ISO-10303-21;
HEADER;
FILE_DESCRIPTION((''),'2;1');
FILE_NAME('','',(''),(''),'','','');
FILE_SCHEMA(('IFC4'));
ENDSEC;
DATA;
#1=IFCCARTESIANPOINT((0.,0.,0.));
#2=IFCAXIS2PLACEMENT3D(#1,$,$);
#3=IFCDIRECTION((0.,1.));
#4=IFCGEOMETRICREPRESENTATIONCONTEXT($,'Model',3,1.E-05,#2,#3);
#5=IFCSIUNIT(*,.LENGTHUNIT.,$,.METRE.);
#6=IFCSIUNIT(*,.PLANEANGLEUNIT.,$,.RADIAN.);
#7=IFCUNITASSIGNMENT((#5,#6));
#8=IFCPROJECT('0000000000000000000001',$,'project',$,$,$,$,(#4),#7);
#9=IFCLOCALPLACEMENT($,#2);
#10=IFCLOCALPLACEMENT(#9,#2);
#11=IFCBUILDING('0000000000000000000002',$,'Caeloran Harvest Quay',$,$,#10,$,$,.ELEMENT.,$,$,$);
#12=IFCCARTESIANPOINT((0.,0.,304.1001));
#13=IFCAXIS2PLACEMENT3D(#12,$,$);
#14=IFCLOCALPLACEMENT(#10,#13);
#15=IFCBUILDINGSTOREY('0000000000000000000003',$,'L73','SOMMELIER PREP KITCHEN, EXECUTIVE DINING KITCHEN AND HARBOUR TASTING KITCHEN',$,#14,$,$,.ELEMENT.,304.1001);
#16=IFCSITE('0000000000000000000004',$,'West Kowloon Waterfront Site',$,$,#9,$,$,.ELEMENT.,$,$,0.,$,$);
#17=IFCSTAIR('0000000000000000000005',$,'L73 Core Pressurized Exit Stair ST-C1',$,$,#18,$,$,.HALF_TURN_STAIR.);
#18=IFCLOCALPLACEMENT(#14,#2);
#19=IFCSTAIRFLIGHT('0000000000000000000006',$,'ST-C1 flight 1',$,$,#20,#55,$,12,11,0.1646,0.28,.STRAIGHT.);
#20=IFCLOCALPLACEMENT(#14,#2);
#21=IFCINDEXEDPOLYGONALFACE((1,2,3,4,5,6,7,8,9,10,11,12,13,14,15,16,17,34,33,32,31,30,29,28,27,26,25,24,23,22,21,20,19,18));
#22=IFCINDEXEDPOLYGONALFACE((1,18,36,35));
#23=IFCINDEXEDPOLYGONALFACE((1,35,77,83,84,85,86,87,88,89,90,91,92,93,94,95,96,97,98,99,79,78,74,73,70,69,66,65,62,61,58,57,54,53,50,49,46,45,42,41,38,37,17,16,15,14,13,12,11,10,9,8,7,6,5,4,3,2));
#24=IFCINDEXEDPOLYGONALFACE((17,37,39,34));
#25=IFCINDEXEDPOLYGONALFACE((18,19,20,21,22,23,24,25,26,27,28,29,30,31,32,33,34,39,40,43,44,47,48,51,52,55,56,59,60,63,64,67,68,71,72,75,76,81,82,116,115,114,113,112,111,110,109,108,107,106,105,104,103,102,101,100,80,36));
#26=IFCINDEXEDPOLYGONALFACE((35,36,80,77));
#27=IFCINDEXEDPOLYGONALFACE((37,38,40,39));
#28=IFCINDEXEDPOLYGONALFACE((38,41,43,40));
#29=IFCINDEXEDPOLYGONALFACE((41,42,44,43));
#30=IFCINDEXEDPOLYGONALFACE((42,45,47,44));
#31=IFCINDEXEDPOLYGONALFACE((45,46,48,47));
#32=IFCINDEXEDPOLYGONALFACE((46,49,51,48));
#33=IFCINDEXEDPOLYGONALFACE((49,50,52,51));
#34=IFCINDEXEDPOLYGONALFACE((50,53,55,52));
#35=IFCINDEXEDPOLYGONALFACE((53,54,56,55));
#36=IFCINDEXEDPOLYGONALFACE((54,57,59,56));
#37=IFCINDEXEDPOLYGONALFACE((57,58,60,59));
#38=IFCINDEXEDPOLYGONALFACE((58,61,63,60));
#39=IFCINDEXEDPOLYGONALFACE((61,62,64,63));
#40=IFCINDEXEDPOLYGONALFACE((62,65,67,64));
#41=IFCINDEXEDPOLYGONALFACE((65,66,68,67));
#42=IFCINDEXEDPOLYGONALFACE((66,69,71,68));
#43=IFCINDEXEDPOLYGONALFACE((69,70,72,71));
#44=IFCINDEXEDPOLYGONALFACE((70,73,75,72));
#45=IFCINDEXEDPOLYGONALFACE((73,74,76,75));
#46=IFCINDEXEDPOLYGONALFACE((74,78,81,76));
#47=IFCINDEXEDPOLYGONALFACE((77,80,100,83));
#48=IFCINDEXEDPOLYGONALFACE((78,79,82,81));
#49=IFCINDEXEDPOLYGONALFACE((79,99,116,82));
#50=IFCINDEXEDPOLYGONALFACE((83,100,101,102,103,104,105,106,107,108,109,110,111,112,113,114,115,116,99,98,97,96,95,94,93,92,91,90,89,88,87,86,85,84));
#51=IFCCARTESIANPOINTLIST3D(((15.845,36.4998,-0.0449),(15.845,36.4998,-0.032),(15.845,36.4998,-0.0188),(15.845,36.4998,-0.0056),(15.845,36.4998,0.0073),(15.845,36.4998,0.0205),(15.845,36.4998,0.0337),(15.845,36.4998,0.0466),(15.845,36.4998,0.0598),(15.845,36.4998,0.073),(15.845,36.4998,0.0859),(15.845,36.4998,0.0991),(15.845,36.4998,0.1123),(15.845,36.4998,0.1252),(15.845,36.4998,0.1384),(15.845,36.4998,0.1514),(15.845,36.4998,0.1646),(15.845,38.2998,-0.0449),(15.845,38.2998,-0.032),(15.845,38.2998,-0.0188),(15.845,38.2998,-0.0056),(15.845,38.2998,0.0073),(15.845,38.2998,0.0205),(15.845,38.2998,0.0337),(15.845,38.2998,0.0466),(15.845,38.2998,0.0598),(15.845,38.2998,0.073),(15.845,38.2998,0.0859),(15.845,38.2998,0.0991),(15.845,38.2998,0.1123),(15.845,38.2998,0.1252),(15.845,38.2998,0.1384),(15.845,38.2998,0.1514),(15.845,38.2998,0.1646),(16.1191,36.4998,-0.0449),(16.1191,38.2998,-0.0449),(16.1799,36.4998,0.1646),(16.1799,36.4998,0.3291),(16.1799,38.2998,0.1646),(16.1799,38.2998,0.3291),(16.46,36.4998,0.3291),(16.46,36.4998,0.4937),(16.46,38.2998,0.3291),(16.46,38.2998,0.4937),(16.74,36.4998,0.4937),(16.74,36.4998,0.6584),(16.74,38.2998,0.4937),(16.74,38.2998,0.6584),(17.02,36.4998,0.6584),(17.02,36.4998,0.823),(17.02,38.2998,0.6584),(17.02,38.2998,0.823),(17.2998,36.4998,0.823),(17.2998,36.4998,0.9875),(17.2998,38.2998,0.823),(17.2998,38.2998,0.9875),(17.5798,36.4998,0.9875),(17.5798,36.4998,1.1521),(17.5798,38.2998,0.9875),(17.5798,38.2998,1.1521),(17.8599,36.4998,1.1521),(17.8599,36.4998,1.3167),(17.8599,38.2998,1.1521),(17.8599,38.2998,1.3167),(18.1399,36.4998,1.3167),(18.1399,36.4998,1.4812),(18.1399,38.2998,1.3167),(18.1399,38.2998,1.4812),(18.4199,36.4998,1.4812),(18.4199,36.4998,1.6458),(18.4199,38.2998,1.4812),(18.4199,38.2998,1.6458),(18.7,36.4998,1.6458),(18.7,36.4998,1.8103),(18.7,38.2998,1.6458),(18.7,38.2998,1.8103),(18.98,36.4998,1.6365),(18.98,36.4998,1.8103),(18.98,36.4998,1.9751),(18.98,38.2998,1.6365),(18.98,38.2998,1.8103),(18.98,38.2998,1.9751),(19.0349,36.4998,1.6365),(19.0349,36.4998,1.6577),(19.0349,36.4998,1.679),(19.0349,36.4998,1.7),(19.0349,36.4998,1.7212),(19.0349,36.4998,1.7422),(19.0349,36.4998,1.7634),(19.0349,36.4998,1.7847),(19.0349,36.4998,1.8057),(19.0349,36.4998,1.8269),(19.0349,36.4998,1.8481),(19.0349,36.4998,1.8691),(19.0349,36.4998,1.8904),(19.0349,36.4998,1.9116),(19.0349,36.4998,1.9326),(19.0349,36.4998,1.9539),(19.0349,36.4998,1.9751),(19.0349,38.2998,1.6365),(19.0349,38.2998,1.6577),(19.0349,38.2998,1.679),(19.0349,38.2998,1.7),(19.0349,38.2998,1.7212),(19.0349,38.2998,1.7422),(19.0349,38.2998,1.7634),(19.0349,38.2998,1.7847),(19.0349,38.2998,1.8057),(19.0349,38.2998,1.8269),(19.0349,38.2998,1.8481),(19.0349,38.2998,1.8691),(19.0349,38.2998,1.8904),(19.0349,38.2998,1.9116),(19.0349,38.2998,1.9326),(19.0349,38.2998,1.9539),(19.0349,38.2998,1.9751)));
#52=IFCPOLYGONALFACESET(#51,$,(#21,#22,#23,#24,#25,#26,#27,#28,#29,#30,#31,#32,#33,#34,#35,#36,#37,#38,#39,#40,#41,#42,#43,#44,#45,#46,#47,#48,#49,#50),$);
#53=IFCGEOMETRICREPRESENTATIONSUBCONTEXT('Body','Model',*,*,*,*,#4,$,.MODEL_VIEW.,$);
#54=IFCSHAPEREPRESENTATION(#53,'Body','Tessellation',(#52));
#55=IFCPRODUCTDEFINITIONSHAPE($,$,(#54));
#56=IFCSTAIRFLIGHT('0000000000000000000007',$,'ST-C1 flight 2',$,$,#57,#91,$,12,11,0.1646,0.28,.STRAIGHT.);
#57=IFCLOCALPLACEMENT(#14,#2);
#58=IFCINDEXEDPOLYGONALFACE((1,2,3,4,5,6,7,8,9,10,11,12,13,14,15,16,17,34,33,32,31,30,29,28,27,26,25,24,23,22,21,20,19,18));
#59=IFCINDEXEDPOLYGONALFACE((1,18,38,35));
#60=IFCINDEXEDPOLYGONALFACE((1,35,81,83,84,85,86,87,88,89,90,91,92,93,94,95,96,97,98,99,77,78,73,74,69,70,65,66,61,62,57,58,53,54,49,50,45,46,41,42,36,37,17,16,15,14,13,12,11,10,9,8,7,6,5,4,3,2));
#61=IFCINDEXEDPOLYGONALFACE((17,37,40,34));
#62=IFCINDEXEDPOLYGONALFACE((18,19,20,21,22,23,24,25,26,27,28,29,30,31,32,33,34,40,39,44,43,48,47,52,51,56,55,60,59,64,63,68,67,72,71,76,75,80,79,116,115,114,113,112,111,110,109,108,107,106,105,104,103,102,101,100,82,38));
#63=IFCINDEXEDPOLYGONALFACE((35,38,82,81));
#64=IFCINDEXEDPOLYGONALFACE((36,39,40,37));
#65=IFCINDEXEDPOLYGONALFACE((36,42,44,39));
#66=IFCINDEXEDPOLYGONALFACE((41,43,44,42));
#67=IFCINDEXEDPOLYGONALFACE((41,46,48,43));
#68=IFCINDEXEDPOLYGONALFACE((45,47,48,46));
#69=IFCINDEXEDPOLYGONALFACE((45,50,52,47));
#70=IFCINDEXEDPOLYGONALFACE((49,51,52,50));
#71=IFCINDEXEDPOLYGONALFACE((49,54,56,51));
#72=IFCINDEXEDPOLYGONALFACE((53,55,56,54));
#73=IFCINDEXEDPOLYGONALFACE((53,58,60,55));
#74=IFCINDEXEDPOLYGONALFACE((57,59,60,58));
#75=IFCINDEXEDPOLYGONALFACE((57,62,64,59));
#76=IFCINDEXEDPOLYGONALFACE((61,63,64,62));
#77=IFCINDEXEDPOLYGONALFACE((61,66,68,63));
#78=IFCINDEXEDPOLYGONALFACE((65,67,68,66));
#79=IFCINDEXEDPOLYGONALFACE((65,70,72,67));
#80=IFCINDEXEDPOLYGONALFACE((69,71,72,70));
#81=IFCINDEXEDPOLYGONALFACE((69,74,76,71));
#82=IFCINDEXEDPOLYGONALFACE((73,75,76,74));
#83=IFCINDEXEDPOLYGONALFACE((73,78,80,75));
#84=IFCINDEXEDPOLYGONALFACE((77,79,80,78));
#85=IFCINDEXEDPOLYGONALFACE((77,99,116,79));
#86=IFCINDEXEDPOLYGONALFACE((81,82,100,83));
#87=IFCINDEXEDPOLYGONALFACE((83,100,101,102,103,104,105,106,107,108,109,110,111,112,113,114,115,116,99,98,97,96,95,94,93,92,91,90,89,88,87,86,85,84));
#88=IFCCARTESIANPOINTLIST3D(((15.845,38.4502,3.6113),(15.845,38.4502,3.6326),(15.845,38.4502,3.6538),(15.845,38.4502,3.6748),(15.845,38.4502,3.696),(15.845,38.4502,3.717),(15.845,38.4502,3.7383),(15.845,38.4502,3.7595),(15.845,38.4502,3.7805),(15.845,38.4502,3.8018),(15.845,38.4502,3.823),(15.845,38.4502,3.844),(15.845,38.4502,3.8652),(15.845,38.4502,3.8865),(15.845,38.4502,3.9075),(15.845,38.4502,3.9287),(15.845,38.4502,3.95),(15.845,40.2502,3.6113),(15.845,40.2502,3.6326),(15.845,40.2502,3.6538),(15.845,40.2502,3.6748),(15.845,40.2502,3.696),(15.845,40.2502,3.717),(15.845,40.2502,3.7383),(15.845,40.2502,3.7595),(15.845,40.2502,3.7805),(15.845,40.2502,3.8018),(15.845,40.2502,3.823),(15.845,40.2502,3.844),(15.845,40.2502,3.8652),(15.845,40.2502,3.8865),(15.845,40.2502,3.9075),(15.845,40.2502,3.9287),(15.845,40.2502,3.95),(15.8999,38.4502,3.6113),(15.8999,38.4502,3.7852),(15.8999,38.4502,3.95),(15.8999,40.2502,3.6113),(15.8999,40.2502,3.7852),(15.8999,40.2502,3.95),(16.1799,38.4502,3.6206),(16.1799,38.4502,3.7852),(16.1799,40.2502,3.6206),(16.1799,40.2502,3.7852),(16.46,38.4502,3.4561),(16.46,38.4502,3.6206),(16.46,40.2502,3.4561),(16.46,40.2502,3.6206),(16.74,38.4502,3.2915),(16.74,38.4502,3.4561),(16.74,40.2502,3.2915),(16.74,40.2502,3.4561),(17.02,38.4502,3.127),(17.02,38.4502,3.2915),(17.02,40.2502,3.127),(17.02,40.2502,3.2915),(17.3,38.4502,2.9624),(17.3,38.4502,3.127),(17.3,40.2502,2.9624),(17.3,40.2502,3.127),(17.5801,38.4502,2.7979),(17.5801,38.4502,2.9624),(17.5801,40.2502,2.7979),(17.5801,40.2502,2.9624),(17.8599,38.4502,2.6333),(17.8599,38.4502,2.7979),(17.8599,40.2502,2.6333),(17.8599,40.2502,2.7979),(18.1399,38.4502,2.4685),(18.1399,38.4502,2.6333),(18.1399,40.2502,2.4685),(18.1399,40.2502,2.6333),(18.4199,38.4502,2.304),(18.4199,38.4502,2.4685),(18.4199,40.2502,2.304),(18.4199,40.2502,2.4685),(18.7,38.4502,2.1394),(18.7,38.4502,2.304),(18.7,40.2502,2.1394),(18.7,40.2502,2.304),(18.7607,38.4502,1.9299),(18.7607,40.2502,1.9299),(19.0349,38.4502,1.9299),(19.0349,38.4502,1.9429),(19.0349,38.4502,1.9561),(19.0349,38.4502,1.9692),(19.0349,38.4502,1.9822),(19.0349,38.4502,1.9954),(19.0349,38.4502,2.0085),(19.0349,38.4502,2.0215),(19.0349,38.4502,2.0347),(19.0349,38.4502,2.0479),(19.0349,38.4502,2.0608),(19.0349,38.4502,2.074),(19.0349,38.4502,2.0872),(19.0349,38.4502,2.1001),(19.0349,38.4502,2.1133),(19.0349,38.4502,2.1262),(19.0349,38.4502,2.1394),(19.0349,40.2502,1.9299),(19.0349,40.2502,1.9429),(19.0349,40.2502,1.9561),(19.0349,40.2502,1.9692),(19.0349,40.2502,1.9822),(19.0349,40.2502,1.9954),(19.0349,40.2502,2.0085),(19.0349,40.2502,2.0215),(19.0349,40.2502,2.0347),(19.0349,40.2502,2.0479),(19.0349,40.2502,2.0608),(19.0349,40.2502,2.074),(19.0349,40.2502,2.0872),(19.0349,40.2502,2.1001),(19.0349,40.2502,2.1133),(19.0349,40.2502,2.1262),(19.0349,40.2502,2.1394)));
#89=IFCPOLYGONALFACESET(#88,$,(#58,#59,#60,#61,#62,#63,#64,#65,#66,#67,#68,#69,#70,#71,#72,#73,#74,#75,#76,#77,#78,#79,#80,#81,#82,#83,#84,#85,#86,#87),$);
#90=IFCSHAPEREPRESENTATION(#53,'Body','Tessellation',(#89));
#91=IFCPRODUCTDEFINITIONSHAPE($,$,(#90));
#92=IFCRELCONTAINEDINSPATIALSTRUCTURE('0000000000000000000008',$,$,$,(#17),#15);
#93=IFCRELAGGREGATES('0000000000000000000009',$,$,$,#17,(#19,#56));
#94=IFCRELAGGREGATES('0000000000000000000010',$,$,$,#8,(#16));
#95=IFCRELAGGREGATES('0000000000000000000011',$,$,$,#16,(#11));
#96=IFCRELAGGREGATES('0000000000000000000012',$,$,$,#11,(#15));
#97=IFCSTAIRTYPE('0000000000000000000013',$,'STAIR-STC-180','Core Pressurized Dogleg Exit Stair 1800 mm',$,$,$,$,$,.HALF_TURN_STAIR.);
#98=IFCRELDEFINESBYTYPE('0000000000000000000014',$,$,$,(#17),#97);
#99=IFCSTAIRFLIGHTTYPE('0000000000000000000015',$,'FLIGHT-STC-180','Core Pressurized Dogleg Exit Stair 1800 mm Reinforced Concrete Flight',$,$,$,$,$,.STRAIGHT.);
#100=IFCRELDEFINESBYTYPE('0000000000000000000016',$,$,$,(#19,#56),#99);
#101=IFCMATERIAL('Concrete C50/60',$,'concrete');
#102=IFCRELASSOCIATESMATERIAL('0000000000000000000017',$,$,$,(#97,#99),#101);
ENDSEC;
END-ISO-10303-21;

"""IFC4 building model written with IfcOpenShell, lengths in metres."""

from ifc_helpers import new_model, si_unit, direction, frame, origin, place, context, subcontext, project, spatial, polyline, outline, extrude, material, type_object, element, aggregate, save


model = new_model("IFC4")

# Units and contexts
model_context = context("Model", 3, precision=1e-05, world=origin(), true_north=direction((0.0, 1.0)))
body_context = subcontext(model_context, "Body", "Model", "MODEL_VIEW")
ifc_project = project(units=[si_unit("LENGTHUNIT", "METRE"), si_unit("PLANEANGLEUNIT", "RADIAN")], contexts=[model_context])

# Site, building, storey
site_placement = place(None, origin())
site = spatial("IfcSite", under=ifc_project, at=site_placement, Name="West Kowloon Waterfront Site", CompositionType="ELEMENT", RefElevation=0.0)
building_placement = place(site_placement, origin())
building = spatial("IfcBuilding", under=site, at=building_placement, Name="Caeloran Harvest Quay", CompositionType="ELEMENT")
storey_placement = place(building_placement, frame((0.0, 0.0, 304.1001)))
storey = spatial("IfcBuildingStorey", under=building, at=storey_placement, Name="L73", Description="SOMMELIER PREP KITCHEN, EXECUTIVE DINING KITCHEN AND HARBOUR TASTING KITCHEN", CompositionType="ELEMENT", Elevation=304.1001)

# Shared definitions
ifc_material_1 = material(Name="Concrete C50/60", Category="concrete")

# Stair, stair flights
stair_type = type_object("IfcStairType", Name="STAIR-STC-180", Description="Core Pressurized Dogleg Exit Stair 1800 mm", PredefinedType="HALF_TURN_STAIR", material=ifc_material_1)
stair_1_placement = place(storey_placement, origin())
stair_1 = element("IfcStair", 1, at=stair_1_placement, inside=storey, type_object=stair_type, Name="L73 Core Pressurized Exit Stair ST-C1", PredefinedType="HALF_TURN_STAIR")
stair_flight_type = type_object("IfcStairFlightType", Name="FLIGHT-STC-180", Description="Core Pressurized Dogleg Exit Stair 1800 mm Reinforced Concrete Flight", PredefinedType="STRAIGHT", material=ifc_material_1)
stair_flight_1_placement = place(storey_placement, frame((15.8999, 37.3999, 0.0), z_axis=(0.0, 0.0, 1.0), x_axis=(1.0, 0.0, 0.0)))
stair_flight_1 = element("IfcStairFlight", 2, at=stair_flight_1_placement, type_object=stair_flight_type, Name="ST-C1 flight 1", NumberOfRisers=12, NumberOfTreads=11, PredefinedType="STRAIGHT", RiserHeight=0.1646, TreadLength=0.28, context=body_context, shape_type="SweptSolid", body=[
    extrude(outline(polyline([(-0.0549, -0.0449), (-0.0549, -0.032), (-0.0549, -0.0188), (-0.0549, -0.0056), (-0.0549, 0.0073), (-0.0549, 0.0205), (-0.0549, 0.0337), (-0.0549, 0.0466), (-0.0549, 0.0598), (-0.0549, 0.073), (-0.0549, 0.0859), (-0.0549, 0.0991), (-0.0549, 0.1123), (-0.0549, 0.1252), (-0.0549, 0.1384), (-0.0549, 0.1514), (-0.0549, 0.1646), (0.28, 0.1646), (0.28, 0.3291), (0.5601, 0.3291), (0.5601, 0.4937), (0.8401, 0.4937), (0.8401, 0.6584), (1.1201, 0.6584), (1.1201, 0.823), (1.3999, 0.823), (1.3999, 0.9875), (1.6799, 0.9875), (1.6799, 1.1521), (1.96, 1.1521), (1.96, 1.3167), (2.24, 1.3167), (2.24, 1.4812), (2.52, 1.4812), (2.52, 1.6458), (2.8, 1.6458), (2.8, 1.8103), (3.0801, 1.8103), (3.0801, 1.9751), (3.135, 1.9751), (3.135, 1.9539), (3.135, 1.9326), (3.135, 1.9116), (3.135, 1.8904), (3.135, 1.8691), (3.135, 1.8481), (3.135, 1.8269), (3.135, 1.8057), (3.135, 1.7847), (3.135, 1.7634), (3.135, 1.7422), (3.135, 1.7212), (3.135, 1.7), (3.135, 1.679), (3.135, 1.6577), (3.135, 1.6365), (3.0801, 1.6365), (0.2192, -0.0449), (-0.0549, -0.0449)])), frame((0.0, 0.8999, 0.0), z_axis=(0.0, -1.0, 0.0), x_axis=(1.0, 0.0, 0.0)), (0.0, 0.0, 1.0), 1.8),
])
stair_flight_2_placement = place(storey_placement, frame((18.98, 39.3501, 1.9749), z_axis=(0.0, 0.0, 1.0), x_axis=(-1.0, 0.0, 0.0)))
stair_flight_2 = element("IfcStairFlight", 3, at=stair_flight_2_placement, type_object=stair_flight_type, Name="ST-C1 flight 2", NumberOfRisers=12, NumberOfTreads=11, PredefinedType="STRAIGHT", RiserHeight=0.1646, TreadLength=0.28, context=body_context, shape_type="SweptSolid", body=[
    extrude(outline(polyline([(-0.0549, -0.0449), (-0.0549, -0.032), (-0.0549, -0.0188), (-0.0549, -0.0056), (-0.0549, 0.0073), (-0.0549, 0.0205), (-0.0549, 0.0337), (-0.0549, 0.0466), (-0.0549, 0.0598), (-0.0549, 0.073), (-0.0549, 0.0859), (-0.0549, 0.0991), (-0.0549, 0.1123), (-0.0549, 0.1252), (-0.0549, 0.1384), (-0.0549, 0.1514), (-0.0549, 0.1646), (0.28, 0.1646), (0.28, 0.3291), (0.5601, 0.3291), (0.5601, 0.4937), (0.8401, 0.4937), (0.8401, 0.6584), (1.1201, 0.6584), (1.1201, 0.823), (1.3999, 0.823), (1.3999, 0.9875), (1.6799, 0.9875), (1.6799, 1.1521), (1.96, 1.1521), (1.96, 1.3167), (2.24, 1.3167), (2.24, 1.4812), (2.52, 1.4812), (2.52, 1.6458), (2.8, 1.6458), (2.8, 1.8103), (3.0801, 1.8103), (3.0801, 1.9751), (3.135, 1.9751), (3.135, 1.9539), (3.135, 1.9326), (3.135, 1.9116), (3.135, 1.8904), (3.135, 1.8691), (3.135, 1.8481), (3.135, 1.8269), (3.135, 1.8057), (3.135, 1.7847), (3.135, 1.7634), (3.135, 1.7422), (3.135, 1.7212), (3.135, 1.7), (3.135, 1.679), (3.135, 1.6577), (3.135, 1.6365), (3.0801, 1.6365), (0.2192, -0.0449), (-0.0549, -0.0449)])), frame((0.0, 0.8999, 0.0), z_axis=(0.0, -1.0, 0.0), x_axis=(1.0, 0.0, 0.0)), (0.0, 0.0, 1.0), 1.8),
])
aggregate(stair_1, [stair_flight_1, stair_flight_2])

save(model, "model.ifc")
